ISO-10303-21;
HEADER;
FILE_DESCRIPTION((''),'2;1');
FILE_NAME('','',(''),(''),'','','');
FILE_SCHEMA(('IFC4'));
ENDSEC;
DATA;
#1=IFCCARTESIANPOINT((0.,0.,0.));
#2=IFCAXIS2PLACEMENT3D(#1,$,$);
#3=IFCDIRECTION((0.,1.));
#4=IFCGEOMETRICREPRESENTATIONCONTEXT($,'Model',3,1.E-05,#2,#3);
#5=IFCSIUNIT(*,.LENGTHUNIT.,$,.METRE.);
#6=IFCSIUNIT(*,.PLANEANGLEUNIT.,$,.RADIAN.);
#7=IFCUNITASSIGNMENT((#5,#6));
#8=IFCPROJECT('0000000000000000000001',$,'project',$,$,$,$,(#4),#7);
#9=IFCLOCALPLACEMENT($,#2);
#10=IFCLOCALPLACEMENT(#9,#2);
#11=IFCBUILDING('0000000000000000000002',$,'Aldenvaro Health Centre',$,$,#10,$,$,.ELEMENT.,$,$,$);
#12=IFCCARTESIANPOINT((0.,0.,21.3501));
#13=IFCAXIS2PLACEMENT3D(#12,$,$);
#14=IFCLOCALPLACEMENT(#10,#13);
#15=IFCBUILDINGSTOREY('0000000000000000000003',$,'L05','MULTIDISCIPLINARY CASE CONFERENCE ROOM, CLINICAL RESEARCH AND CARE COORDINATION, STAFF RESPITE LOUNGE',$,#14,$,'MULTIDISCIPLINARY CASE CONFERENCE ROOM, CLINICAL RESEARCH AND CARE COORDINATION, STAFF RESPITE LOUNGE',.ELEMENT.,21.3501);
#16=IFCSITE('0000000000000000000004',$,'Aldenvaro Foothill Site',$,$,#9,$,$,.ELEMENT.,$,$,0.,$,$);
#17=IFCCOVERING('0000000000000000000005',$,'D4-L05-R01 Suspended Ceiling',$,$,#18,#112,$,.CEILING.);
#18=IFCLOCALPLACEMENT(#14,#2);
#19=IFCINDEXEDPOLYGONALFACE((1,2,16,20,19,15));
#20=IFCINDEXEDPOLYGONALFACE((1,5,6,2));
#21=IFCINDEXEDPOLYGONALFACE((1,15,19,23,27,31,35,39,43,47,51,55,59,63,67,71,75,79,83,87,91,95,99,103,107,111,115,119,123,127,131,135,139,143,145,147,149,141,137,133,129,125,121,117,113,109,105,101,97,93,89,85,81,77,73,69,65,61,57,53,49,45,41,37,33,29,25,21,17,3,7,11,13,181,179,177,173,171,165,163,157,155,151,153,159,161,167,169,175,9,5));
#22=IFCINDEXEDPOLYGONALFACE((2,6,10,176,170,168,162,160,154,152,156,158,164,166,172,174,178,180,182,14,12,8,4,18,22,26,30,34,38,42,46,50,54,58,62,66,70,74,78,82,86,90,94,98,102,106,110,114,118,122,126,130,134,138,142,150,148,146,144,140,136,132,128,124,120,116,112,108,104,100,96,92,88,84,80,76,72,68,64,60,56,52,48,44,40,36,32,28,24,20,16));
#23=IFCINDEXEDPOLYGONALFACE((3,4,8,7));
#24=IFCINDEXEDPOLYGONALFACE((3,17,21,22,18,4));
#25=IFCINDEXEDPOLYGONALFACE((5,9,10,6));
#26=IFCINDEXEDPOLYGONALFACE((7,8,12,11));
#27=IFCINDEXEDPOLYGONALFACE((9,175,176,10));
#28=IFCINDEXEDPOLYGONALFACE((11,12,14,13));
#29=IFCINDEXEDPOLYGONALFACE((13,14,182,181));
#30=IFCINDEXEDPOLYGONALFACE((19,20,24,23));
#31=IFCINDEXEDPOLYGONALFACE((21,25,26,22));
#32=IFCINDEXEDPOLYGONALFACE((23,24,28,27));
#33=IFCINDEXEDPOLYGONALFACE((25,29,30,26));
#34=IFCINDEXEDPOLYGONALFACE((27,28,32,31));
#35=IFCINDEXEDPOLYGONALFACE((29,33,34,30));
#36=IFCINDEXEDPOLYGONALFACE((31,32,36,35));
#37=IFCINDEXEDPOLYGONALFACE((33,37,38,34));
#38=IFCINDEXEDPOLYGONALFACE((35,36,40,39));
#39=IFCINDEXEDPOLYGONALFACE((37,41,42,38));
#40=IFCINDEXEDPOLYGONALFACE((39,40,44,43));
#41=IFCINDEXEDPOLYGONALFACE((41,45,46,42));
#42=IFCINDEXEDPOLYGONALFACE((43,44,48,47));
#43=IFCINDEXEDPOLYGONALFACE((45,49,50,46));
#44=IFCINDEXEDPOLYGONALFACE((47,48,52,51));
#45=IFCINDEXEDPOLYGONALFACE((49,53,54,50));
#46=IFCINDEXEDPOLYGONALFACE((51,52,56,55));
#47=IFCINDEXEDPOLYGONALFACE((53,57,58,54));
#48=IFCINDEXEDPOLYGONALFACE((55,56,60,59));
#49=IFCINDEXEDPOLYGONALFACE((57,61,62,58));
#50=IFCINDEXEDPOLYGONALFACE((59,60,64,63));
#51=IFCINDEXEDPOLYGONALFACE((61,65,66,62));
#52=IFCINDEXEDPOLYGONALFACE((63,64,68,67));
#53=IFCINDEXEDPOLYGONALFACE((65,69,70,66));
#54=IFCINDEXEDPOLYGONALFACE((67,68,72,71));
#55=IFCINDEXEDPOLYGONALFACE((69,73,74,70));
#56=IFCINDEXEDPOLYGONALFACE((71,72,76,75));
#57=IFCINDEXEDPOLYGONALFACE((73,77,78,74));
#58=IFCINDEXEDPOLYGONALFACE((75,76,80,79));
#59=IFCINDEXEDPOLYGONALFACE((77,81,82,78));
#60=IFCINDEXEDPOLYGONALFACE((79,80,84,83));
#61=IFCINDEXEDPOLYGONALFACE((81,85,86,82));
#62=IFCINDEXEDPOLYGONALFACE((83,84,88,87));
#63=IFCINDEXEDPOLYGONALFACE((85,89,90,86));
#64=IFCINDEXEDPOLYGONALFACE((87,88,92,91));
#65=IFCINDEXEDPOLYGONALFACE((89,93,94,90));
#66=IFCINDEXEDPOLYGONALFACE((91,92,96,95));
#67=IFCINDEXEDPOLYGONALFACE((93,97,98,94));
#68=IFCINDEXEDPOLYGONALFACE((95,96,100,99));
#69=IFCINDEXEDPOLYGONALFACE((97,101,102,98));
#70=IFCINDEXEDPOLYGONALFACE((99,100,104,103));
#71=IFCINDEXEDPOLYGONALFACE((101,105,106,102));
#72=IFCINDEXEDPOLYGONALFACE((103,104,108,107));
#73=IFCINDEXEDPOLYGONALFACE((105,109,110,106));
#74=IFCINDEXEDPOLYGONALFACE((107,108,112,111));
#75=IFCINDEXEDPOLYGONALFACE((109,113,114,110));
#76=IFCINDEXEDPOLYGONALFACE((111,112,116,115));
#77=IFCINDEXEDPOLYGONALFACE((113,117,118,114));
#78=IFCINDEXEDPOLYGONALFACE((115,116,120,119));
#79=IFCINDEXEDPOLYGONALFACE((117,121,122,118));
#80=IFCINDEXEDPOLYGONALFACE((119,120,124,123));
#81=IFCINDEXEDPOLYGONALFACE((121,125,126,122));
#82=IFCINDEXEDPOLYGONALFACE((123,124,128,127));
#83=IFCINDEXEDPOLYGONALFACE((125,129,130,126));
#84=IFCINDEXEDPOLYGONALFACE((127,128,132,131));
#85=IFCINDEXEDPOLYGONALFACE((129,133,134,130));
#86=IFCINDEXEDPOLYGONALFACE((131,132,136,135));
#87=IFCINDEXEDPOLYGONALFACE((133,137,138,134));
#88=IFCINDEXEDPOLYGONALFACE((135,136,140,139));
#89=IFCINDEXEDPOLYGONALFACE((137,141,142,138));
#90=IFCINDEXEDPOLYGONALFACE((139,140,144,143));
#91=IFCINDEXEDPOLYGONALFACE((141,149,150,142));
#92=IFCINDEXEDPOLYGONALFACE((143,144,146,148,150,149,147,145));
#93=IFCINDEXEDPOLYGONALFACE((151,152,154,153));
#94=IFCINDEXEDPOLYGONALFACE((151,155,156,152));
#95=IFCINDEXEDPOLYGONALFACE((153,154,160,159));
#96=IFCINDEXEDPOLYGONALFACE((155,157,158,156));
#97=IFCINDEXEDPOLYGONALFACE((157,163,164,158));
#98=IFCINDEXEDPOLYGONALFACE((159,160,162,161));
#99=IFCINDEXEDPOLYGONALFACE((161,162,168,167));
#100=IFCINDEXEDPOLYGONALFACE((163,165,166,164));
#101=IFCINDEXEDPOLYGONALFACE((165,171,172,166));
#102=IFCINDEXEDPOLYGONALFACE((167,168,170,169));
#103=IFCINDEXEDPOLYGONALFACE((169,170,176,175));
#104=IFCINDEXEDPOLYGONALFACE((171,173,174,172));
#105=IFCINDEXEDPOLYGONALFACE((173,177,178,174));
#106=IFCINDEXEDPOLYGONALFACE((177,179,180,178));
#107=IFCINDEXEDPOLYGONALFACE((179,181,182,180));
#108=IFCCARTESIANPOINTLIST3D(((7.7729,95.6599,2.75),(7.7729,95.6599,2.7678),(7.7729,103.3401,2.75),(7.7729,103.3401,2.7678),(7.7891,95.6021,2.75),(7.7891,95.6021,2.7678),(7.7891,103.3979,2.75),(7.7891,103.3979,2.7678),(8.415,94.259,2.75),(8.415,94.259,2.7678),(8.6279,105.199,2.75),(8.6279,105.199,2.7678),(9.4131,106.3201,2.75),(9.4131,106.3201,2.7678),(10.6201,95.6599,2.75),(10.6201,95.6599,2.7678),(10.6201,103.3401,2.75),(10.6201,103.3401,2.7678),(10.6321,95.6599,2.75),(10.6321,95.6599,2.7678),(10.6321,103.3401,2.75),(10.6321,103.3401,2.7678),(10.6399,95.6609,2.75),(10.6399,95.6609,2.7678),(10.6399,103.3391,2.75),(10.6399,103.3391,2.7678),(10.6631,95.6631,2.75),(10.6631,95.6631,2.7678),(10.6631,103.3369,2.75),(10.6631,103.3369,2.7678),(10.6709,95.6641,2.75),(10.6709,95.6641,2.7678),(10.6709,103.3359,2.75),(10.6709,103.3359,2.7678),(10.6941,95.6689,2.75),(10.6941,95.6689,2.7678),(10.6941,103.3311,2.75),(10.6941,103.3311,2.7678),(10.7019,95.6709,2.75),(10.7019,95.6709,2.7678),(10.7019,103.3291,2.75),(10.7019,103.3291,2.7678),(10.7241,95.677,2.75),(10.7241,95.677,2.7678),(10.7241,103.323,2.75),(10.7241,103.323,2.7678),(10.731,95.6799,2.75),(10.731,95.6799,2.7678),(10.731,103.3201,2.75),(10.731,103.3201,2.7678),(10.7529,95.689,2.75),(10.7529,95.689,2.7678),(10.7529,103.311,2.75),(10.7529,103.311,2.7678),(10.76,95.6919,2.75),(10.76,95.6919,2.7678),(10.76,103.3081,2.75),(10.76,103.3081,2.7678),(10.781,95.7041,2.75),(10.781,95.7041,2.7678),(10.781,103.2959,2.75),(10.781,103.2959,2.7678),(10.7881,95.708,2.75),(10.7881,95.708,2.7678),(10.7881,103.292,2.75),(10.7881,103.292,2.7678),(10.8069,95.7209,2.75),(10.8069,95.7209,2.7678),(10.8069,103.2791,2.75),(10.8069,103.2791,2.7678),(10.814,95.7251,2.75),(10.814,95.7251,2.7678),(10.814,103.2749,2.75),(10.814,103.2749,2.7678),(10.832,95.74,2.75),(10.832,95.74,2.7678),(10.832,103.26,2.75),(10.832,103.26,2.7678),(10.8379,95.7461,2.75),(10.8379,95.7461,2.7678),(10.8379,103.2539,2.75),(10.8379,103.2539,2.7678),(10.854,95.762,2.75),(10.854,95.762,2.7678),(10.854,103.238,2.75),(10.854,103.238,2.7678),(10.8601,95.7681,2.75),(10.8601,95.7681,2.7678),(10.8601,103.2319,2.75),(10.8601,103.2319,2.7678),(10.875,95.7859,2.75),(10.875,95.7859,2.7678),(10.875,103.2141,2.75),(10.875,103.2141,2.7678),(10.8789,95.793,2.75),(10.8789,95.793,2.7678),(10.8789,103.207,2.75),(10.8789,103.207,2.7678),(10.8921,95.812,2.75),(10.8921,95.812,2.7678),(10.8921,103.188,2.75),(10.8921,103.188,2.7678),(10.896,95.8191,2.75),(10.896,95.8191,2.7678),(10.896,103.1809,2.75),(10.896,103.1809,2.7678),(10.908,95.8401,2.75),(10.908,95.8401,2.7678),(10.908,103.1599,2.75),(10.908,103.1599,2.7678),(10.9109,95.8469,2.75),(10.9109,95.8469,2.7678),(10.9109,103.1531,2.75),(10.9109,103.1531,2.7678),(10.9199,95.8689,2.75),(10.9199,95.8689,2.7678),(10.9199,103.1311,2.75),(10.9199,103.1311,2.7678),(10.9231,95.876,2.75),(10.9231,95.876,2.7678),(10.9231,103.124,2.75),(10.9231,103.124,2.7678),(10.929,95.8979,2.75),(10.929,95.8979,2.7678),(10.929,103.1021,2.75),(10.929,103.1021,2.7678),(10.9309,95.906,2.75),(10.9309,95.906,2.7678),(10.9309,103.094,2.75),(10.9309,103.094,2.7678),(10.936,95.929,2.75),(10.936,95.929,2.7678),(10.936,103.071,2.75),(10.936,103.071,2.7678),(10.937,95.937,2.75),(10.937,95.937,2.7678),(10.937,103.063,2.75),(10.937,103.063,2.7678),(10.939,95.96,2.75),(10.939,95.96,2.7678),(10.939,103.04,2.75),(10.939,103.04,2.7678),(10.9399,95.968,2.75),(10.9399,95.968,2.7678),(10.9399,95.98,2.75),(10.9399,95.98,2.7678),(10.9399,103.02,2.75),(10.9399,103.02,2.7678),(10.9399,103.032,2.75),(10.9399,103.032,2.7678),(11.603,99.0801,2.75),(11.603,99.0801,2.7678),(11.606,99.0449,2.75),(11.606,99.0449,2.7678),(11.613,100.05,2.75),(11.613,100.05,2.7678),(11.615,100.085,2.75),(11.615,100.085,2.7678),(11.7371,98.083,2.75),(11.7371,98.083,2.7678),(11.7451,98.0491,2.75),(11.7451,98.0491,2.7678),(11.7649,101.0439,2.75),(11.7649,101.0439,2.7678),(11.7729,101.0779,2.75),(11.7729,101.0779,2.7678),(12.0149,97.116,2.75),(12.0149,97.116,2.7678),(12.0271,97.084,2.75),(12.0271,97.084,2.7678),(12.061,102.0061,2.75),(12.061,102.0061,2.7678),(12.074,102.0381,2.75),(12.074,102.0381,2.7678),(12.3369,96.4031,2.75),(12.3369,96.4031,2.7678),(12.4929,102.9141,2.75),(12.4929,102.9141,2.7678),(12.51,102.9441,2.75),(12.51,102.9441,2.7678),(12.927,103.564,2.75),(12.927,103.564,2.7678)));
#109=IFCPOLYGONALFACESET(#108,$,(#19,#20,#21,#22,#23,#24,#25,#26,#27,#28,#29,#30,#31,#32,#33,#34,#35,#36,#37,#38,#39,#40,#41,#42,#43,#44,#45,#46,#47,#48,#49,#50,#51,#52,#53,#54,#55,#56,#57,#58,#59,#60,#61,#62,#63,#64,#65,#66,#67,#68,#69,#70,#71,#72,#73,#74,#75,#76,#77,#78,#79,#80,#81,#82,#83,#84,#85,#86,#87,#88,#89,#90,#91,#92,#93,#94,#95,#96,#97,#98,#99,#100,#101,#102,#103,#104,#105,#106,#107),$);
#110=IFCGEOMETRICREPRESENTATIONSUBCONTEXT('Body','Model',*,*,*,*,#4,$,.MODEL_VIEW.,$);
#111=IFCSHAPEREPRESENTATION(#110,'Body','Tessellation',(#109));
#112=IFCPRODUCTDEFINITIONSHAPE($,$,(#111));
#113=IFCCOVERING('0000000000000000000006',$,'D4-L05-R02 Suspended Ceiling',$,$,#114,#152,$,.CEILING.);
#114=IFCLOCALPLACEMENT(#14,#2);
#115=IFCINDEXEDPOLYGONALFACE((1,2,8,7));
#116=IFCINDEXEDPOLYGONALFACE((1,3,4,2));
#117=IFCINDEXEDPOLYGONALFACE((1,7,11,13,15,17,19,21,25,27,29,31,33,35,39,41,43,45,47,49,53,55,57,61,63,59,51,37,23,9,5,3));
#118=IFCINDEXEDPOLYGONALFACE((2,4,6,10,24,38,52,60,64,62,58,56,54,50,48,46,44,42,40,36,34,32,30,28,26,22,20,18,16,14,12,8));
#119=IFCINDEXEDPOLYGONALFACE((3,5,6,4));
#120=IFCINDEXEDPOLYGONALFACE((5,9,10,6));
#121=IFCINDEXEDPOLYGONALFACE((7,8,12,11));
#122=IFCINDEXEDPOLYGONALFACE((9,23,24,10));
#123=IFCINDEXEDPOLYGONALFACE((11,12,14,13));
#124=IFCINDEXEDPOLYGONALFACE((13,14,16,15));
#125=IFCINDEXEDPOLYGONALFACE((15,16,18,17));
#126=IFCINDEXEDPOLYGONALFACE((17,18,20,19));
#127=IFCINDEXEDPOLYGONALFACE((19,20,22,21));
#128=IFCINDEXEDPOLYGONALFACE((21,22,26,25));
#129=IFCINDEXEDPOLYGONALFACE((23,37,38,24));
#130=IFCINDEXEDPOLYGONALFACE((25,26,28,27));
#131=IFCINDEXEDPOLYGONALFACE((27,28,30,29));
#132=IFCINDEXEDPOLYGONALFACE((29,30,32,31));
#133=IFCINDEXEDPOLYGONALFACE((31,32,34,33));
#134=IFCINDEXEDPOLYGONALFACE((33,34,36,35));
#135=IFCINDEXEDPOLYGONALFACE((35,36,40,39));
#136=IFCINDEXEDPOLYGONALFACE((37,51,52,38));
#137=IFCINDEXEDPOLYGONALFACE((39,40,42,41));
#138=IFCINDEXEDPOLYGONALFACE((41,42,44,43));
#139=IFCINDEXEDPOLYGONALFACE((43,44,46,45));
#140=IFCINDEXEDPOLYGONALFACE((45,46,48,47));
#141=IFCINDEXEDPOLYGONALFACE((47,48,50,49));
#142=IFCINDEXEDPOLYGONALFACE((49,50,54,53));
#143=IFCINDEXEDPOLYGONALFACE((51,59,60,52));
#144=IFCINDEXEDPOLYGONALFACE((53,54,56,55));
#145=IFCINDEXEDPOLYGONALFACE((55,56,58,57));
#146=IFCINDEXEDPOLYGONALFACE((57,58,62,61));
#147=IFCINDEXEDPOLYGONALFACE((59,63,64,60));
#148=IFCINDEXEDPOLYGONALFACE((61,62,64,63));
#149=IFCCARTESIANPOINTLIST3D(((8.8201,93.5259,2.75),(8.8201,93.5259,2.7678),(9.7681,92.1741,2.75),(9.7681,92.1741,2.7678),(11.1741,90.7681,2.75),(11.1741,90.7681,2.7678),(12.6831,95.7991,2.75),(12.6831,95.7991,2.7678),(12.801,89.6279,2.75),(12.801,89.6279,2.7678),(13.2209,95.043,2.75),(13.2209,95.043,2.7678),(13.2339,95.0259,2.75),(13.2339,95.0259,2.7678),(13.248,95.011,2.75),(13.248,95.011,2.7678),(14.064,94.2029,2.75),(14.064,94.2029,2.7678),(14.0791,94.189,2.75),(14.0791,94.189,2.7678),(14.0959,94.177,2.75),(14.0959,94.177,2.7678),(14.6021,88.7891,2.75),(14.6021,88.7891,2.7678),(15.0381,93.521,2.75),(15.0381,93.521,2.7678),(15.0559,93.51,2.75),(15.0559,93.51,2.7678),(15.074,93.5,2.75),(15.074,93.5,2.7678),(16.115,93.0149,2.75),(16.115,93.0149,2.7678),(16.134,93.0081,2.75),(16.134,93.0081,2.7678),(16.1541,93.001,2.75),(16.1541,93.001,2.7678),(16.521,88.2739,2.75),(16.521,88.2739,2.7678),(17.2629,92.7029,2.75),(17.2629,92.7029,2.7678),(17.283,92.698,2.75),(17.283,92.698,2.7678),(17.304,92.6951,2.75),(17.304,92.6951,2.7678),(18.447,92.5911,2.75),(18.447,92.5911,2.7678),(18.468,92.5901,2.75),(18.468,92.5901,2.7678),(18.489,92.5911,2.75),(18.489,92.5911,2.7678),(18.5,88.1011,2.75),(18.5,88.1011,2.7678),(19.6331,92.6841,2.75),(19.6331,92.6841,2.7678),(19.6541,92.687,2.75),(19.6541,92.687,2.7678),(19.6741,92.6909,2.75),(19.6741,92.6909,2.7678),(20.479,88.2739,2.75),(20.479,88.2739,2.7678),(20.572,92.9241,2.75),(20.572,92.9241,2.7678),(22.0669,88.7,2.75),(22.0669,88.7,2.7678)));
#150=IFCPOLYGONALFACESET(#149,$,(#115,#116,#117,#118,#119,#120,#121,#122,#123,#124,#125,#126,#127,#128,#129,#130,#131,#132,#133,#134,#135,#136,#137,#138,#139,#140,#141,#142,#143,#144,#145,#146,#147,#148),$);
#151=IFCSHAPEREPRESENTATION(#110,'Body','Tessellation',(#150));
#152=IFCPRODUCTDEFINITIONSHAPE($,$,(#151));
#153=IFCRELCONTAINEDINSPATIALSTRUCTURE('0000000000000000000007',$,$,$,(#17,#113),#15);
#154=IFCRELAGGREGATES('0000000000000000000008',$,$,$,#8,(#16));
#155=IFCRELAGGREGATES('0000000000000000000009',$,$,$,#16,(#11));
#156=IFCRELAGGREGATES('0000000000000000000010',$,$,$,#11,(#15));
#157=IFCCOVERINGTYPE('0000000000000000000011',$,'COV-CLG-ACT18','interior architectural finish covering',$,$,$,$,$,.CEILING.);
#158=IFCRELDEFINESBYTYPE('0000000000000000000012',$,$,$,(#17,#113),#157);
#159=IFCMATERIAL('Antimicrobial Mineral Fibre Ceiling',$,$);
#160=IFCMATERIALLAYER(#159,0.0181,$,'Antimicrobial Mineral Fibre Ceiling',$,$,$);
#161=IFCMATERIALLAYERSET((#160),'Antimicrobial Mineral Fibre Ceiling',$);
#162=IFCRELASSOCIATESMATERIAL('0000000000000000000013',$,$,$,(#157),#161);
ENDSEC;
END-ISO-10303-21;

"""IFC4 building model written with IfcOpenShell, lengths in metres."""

from ifc_helpers import new_model, si_unit, direction, frame, origin, place, context, subcontext, project, spatial, polyline, outline, extrude, material, layer, layer_set, type_object, element, save


model = new_model("IFC4")

# Units and contexts
model_context = context("Model", 3, precision=1e-05, world=origin(), true_north=direction((0.0, 1.0)))
body_context = subcontext(model_context, "Body", "Model", "MODEL_VIEW")
ifc_project = project(units=[si_unit("LENGTHUNIT", "METRE"), si_unit("PLANEANGLEUNIT", "RADIAN")], contexts=[model_context])

# Site, building, storey
site_placement = place(None, origin())
site = spatial("IfcSite", under=ifc_project, at=site_placement, Name="Aldenvaro Foothill Site", CompositionType="ELEMENT", RefElevation=0.0)
building_placement = place(site_placement, origin())
building = spatial("IfcBuilding", under=site, at=building_placement, Name="Aldenvaro Health Centre", CompositionType="ELEMENT")
storey_placement = place(building_placement, frame((0.0, 0.0, 21.3501)))
storey = spatial("IfcBuildingStorey", under=building, at=storey_placement, Name="L05", Description="MULTIDISCIPLINARY CASE CONFERENCE ROOM, CLINICAL RESEARCH AND CARE COORDINATION, STAFF RESPITE LOUNGE", LongName="MULTIDISCIPLINARY CASE CONFERENCE ROOM, CLINICAL RESEARCH AND CARE COORDINATION, STAFF RESPITE LOUNGE", CompositionType="ELEMENT", Elevation=21.3501)

# Coverings
ifc_material_1 = material(Name="Antimicrobial Mineral Fibre Ceiling")
ifc_layer_1 = layer(ifc_material_1, 0.0181, Name="Antimicrobial Mineral Fibre Ceiling")
ifc_layer_set_1 = layer_set([ifc_layer_1], Name="Antimicrobial Mineral Fibre Ceiling")
covering_type_1 = type_object("IfcCoveringType", Name="COV-CLG-ACT18", Description="interior architectural finish covering", PredefinedType="CEILING", material=ifc_layer_set_1)
covering_1_placement = place(storey_placement, frame((0.0, 0.0, 2.75)))
element("IfcCovering", 1, at=covering_1_placement, inside=storey, type_object=covering_type_1, Name="D4-L05-R01 Suspended Ceiling", PredefinedType="CEILING", context=body_context, shape_type="SweptSolid", body=[
    extrude(outline(polyline([(12.51, 102.9441), (12.4929, 102.9141), (12.074, 102.0381), (12.061, 102.0061), (11.7729, 101.0779), (11.7649, 101.0439), (11.615, 100.085), (11.613, 100.05), (11.603, 99.0801), (11.606, 99.0449), (11.7371, 98.083), (11.7451, 98.0491), (12.0149, 97.116), (12.0271, 97.084), (12.3369, 96.4031), (8.415, 94.259), (7.7891, 95.6021), (7.7729, 95.6599), (10.6201, 95.6599), (10.6321, 95.6599), (10.6399, 95.6609), (10.6631, 95.6631), (10.6709, 95.6641), (10.6941, 95.6689), (10.7019, 95.6709), (10.7241, 95.677), (10.731, 95.6799), (10.7529, 95.689), (10.76, 95.6919), (10.781, 95.7041), (10.7881, 95.708), (10.8069, 95.7209), (10.814, 95.7251), (10.832, 95.74), (10.8379, 95.7461), (10.854, 95.762), (10.8601, 95.7681), (10.875, 95.7859), (10.8789, 95.793), (10.8921, 95.812), (10.896, 95.8191), (10.908, 95.8401), (10.9109, 95.8469), (10.9199, 95.8689), (10.9231, 95.876), (10.929, 95.8979), (10.9309, 95.906), (10.936, 95.929), (10.937, 95.937), (10.939, 95.96), (10.9399, 95.968), (10.9399, 95.98), (10.9399, 103.02), (10.9399, 103.032), (10.939, 103.04), (10.937, 103.063), (10.936, 103.071), (10.9309, 103.094), (10.929, 103.1021), (10.9231, 103.124), (10.9199, 103.1311), (10.9109, 103.1531), (10.908, 103.1599), (10.896, 103.1809), (10.8921, 103.188), (10.8789, 103.207), (10.875, 103.2141), (10.8601, 103.2319), (10.854, 103.238), (10.8379, 103.2539), (10.832, 103.26), (10.814, 103.2749), (10.8069, 103.2791), (10.7881, 103.292), (10.781, 103.2959), (10.76, 103.3081), (10.7529, 103.311), (10.731, 103.3201), (10.7241, 103.323), (10.7019, 103.3291), (10.6941, 103.3311), (10.6709, 103.3359), (10.6631, 103.3369), (10.6399, 103.3391), (10.6321, 103.3401), (10.6201, 103.3401), (7.7729, 103.3401), (7.7891, 103.3979), (8.6279, 105.199), (9.4131, 106.3201), (12.927, 103.564), (12.51, 102.9441)])), origin(), (0.0, 0.0, 1.0), 0.0178),
])
covering_2_placement = place(storey_placement, frame((0.0, 0.0, 2.75)))
element("IfcCovering", 2, at=covering_2_placement, inside=storey, type_object=covering_type_1, Name="D4-L05-R02 Suspended Ceiling", PredefinedType="CEILING", context=body_context, shape_type="SweptSolid", body=[
    extrude(outline(polyline([(13.2209, 95.043), (13.2339, 95.0259), (13.248, 95.011), (14.064, 94.2029), (14.0791, 94.189), (14.0959, 94.177), (15.0381, 93.521), (15.0559, 93.51), (15.074, 93.5), (16.115, 93.0149), (16.134, 93.0081), (16.1541, 93.001), (17.2629, 92.7029), (17.283, 92.698), (17.304, 92.6951), (18.447, 92.5911), (18.468, 92.5901), (18.489, 92.5911), (19.6331, 92.6841), (19.6541, 92.687), (19.6741, 92.6909), (20.572, 92.9241), (22.0669, 88.7), (20.479, 88.2739), (18.5, 88.1011), (16.521, 88.2739), (14.6021, 88.7891), (12.801, 89.6279), (11.1741, 90.7681), (9.7681, 92.1741), (8.8201, 93.5259), (12.6831, 95.7991), (13.2209, 95.043)])), origin(), (0.0, 0.0, 1.0), 0.0178),
])

save(model, "model.ifc")
